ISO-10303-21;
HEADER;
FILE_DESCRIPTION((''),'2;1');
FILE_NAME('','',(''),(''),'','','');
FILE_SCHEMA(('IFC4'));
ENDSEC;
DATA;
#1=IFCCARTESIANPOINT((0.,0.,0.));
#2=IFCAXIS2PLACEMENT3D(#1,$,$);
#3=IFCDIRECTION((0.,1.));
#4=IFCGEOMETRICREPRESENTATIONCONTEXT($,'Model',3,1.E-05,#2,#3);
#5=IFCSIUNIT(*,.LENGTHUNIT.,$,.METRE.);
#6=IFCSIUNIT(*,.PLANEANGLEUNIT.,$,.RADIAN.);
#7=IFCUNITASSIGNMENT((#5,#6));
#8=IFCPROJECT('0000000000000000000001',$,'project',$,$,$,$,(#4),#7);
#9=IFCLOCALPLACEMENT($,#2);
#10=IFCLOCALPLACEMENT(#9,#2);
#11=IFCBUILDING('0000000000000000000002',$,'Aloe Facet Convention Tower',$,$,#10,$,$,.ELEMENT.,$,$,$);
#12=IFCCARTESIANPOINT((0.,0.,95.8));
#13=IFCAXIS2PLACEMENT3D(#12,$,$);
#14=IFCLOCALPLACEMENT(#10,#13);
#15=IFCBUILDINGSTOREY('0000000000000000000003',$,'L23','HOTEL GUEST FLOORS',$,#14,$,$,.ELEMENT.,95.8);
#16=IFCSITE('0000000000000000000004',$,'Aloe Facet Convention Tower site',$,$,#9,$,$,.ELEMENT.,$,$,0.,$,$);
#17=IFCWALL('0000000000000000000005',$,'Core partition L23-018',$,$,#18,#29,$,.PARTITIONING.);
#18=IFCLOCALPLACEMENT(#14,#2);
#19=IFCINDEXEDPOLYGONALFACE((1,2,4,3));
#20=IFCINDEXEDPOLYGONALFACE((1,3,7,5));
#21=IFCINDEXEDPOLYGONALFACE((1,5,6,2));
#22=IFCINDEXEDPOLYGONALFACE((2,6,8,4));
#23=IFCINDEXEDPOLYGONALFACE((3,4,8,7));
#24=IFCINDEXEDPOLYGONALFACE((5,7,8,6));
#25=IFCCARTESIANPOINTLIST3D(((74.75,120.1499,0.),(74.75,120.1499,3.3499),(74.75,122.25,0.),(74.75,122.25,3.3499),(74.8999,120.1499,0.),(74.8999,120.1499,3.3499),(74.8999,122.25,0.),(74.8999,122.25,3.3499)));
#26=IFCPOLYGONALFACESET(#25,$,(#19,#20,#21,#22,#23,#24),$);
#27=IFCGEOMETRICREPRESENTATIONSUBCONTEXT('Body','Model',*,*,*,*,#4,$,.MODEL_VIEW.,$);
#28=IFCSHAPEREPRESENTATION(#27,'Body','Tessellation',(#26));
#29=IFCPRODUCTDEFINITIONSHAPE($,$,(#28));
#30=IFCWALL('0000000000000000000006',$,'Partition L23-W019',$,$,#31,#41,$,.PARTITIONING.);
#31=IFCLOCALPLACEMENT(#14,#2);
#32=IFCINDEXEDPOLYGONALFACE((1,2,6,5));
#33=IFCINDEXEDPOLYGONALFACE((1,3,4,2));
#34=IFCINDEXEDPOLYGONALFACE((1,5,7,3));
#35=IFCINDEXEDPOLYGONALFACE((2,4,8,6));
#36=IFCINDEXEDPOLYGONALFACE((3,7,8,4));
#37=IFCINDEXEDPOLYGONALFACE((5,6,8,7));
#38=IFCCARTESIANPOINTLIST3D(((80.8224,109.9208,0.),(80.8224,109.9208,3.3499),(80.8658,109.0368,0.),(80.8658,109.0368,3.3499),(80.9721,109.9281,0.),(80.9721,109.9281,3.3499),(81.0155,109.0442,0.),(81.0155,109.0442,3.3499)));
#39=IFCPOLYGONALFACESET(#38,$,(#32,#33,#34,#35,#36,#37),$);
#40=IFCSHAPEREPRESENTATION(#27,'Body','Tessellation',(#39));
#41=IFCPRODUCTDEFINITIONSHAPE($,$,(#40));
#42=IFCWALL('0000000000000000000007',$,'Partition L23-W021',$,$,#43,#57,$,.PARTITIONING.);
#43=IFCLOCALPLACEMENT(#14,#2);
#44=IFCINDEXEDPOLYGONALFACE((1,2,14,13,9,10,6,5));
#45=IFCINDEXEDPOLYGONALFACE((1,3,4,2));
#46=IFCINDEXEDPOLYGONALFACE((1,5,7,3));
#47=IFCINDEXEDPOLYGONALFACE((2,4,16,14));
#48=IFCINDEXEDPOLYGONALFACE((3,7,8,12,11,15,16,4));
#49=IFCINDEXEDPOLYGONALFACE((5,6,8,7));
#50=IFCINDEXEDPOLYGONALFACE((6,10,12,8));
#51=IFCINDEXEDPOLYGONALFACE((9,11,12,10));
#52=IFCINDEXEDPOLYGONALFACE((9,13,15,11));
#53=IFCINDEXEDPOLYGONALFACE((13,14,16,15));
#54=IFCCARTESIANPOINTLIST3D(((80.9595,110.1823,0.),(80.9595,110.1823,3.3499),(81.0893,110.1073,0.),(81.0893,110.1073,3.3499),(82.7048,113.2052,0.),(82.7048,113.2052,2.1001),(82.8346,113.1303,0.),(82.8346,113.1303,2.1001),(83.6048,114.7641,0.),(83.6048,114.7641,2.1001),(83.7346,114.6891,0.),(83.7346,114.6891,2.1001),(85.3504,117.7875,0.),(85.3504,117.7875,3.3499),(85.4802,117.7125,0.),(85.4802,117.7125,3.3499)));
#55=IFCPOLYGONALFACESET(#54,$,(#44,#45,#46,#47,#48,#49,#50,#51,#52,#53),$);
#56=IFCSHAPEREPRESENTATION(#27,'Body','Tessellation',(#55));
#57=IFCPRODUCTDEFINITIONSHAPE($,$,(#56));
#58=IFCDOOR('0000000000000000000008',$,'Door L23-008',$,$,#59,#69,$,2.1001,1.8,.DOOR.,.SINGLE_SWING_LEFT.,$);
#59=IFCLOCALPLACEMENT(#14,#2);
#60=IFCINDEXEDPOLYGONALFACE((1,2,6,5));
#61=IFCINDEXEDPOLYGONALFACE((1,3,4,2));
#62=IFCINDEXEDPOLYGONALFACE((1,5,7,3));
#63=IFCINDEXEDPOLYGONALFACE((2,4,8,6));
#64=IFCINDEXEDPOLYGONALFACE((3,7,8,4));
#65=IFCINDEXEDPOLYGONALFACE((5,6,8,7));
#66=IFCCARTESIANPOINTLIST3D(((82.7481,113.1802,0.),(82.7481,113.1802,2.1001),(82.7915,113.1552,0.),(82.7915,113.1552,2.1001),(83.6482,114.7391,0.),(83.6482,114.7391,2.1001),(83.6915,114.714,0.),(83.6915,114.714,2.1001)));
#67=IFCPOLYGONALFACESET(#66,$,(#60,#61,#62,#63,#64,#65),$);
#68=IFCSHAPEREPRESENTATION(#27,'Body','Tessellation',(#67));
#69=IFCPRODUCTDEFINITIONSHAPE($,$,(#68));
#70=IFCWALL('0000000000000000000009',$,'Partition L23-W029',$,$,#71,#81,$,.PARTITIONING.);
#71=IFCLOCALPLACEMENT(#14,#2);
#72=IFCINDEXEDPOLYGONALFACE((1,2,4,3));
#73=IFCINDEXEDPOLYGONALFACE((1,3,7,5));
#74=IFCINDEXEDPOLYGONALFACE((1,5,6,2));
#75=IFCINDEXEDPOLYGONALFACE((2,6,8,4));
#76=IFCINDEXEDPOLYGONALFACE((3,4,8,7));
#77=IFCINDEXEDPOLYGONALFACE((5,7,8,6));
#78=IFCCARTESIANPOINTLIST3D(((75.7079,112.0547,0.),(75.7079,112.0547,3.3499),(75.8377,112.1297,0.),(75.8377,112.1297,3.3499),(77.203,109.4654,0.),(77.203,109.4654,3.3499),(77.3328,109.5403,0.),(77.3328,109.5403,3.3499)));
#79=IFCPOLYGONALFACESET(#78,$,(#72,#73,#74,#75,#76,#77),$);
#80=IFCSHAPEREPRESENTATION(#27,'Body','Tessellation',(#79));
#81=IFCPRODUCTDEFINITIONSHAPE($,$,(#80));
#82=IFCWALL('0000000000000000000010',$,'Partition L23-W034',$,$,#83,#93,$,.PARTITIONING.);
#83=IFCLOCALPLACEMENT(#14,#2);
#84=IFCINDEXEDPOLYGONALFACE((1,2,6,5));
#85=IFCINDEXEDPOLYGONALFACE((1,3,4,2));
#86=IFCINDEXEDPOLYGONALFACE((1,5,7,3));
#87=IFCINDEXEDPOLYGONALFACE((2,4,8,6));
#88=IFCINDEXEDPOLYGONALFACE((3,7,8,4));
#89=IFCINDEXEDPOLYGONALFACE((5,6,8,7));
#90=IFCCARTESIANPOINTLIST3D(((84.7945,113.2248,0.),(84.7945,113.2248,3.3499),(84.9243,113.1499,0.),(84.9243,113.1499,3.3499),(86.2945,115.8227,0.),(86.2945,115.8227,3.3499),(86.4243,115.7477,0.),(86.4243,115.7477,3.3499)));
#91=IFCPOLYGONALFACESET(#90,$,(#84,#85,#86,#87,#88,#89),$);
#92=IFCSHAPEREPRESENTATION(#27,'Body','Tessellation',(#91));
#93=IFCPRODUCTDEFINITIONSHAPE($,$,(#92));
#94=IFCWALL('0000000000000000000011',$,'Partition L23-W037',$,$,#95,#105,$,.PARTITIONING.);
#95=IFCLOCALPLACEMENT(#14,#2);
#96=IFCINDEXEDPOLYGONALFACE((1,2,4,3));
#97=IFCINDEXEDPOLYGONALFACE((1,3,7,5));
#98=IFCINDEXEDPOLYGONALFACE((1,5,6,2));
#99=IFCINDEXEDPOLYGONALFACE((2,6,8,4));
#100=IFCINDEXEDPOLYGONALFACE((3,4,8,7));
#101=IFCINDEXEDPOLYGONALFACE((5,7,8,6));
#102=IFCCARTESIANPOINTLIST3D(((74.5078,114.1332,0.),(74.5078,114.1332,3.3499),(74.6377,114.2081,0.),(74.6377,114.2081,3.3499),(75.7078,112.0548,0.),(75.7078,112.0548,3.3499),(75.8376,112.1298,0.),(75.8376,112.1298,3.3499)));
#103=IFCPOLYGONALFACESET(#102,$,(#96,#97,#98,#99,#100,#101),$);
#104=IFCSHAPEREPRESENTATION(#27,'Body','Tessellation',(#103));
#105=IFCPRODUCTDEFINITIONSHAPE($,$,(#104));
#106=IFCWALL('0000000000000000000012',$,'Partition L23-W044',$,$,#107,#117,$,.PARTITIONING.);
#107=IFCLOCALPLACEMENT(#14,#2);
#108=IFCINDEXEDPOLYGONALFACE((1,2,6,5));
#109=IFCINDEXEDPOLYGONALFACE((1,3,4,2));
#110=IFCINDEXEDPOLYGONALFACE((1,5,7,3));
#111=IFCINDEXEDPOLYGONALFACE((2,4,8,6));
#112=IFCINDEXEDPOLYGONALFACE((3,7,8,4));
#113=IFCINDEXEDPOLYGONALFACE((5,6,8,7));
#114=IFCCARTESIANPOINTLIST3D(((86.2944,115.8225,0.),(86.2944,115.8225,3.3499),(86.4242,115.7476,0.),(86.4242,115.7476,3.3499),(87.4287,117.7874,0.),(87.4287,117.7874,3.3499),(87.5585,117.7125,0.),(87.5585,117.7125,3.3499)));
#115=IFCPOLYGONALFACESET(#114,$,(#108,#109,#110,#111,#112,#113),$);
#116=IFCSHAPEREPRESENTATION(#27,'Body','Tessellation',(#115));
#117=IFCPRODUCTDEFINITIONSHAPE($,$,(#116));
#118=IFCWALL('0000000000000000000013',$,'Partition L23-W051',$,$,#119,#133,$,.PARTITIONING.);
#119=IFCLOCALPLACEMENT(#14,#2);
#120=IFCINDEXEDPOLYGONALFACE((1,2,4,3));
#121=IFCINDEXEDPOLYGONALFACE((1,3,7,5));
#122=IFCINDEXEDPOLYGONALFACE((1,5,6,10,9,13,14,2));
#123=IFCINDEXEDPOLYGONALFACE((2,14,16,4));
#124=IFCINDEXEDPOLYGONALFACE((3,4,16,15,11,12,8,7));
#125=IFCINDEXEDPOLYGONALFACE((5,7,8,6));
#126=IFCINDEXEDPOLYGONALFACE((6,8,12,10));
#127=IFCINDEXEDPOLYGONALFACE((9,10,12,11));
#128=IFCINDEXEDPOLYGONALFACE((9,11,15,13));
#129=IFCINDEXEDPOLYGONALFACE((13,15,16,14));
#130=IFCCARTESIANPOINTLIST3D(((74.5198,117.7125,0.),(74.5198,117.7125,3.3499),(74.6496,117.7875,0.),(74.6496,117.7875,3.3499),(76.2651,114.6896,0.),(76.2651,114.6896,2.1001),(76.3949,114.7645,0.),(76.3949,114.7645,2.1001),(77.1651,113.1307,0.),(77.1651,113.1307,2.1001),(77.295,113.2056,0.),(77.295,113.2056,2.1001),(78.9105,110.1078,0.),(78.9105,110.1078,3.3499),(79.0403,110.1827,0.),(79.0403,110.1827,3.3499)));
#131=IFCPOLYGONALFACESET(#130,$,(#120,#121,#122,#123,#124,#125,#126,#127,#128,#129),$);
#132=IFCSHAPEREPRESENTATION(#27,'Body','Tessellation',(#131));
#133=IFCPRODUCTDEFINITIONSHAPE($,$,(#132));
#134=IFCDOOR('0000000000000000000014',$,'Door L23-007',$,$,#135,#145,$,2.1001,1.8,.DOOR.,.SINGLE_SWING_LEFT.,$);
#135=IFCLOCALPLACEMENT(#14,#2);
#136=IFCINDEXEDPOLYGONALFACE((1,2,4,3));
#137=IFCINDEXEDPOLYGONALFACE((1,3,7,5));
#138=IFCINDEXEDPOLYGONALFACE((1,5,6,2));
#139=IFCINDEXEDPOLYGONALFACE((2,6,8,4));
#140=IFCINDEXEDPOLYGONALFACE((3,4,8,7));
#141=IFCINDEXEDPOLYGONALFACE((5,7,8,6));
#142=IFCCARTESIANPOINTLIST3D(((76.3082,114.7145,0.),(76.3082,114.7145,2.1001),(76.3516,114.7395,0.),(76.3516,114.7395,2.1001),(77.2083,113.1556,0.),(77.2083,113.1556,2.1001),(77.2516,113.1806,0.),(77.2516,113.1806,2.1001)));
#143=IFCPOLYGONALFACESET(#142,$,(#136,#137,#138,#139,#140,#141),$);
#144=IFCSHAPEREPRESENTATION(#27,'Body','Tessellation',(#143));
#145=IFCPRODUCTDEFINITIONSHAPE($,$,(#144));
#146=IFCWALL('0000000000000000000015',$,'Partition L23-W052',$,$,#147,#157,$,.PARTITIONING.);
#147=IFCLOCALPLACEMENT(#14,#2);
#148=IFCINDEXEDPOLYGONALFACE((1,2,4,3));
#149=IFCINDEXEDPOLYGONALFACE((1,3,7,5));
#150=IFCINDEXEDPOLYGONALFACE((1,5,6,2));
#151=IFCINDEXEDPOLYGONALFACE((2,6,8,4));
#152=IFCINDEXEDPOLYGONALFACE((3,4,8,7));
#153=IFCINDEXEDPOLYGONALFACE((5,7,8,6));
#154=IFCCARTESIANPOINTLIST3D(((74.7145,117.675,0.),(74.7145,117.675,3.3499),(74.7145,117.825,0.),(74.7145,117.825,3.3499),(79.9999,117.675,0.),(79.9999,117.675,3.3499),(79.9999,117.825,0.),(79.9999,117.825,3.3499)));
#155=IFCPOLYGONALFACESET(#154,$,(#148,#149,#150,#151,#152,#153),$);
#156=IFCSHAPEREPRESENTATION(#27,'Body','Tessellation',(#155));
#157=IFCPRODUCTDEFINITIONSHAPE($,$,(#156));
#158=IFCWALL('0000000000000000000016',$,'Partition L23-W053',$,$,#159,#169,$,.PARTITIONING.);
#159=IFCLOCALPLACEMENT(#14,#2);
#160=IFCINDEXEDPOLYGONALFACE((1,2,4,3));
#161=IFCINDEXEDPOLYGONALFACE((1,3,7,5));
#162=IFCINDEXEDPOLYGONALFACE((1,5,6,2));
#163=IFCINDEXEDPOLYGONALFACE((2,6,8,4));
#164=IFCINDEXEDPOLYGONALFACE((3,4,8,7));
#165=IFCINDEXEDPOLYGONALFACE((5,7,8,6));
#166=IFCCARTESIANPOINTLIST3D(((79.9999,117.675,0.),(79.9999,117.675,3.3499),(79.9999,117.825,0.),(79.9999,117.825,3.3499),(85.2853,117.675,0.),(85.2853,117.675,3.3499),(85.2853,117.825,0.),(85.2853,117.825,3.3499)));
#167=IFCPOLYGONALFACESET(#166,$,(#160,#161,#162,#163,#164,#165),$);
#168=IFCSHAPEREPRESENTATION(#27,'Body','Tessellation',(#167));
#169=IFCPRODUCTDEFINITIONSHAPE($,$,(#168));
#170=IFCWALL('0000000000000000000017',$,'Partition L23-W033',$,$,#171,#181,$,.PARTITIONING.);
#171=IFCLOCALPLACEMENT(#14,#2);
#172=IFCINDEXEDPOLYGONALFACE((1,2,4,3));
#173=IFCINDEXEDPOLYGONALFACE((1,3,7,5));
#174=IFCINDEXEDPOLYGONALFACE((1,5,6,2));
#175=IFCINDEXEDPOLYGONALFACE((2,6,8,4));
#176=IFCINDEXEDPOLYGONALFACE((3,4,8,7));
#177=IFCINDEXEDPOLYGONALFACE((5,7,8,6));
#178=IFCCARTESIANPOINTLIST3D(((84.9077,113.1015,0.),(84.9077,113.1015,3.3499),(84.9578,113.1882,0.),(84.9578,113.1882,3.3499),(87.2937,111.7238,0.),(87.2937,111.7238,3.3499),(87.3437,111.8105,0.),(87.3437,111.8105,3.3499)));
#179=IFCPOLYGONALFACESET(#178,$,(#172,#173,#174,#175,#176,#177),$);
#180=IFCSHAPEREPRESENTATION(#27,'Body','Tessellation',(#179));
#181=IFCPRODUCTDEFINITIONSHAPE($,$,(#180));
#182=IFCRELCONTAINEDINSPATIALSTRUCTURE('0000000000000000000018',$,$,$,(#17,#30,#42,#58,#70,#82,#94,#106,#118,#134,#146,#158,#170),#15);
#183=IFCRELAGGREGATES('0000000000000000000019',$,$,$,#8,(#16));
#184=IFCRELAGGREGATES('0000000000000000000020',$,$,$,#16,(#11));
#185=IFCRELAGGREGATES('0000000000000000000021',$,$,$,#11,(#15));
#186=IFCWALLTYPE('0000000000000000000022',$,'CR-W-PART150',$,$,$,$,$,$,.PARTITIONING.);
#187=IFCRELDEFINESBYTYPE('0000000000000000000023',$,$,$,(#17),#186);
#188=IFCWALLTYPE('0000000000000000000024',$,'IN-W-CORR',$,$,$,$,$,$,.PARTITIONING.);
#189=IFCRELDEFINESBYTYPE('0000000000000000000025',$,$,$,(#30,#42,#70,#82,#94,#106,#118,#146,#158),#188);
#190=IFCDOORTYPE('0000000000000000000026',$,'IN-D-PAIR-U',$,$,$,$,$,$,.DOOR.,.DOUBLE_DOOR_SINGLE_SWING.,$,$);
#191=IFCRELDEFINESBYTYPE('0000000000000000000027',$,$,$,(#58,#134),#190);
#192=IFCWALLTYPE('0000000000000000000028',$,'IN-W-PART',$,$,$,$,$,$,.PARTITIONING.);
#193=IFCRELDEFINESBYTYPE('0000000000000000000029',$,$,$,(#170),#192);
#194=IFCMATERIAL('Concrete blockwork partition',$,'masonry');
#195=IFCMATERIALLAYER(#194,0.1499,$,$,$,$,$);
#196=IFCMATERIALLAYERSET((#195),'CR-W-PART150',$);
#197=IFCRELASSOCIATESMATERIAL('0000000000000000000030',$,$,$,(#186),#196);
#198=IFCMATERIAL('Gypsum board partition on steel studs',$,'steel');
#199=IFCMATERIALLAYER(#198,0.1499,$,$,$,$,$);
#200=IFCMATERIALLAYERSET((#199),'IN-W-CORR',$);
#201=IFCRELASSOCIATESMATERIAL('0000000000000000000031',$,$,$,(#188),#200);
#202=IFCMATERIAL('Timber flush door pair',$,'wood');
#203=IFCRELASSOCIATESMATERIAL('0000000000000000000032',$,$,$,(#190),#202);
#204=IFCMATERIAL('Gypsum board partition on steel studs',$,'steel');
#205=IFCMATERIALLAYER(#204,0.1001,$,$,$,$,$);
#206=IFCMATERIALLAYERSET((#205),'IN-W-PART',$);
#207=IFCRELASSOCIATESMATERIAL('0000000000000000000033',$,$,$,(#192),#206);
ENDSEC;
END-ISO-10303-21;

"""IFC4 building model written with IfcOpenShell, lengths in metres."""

from ifc_helpers import new_model, si_unit, direction, frame, frame_2d, origin, place, context, subcontext, project, spatial, rectangle, extrude, material, layer, layer_set, type_object, element, fill, save


model = new_model("IFC4")

# Units and contexts
model_context = context("Model", 3, precision=1e-05, world=origin(), true_north=direction((0.0, 1.0)))
body_context = subcontext(model_context, "Body", "Model", "MODEL_VIEW")
ifc_project = project(units=[si_unit("LENGTHUNIT", "METRE"), si_unit("PLANEANGLEUNIT", "RADIAN")], contexts=[model_context])

# Site, building, storey
site_placement = place(None, origin())
site = spatial("IfcSite", under=ifc_project, at=site_placement, Name="Aloe Facet Convention Tower site", CompositionType="ELEMENT", RefElevation=0.0)
building_placement = place(site_placement, origin())
building = spatial("IfcBuilding", under=site, at=building_placement, Name="Aloe Facet Convention Tower", CompositionType="ELEMENT")
storey_placement = place(building_placement, frame((0.0, 0.0, 95.8)))
storey = spatial("IfcBuildingStorey", under=building, at=storey_placement, Name="L23", Description="HOTEL GUEST FLOORS", CompositionType="ELEMENT", Elevation=95.8)

# Walls
ifc_material_1 = material(Name="Concrete blockwork partition", Category="masonry")
ifc_layer_1 = layer(ifc_material_1, 0.1499)
ifc_layer_set_1 = layer_set([ifc_layer_1], Name="CR-W-PART150")
wall_type_1 = type_object("IfcWallType", Name="CR-W-PART150", PredefinedType="PARTITIONING", material=ifc_layer_set_1)
wall_1_placement = place(storey_placement, frame((74.825, 122.25, 0.0), z_axis=(0.0, 0.0, 1.0), x_axis=(0.0, -1.0, 0.0)))
element("IfcWall", 1, at=wall_1_placement, inside=storey, type_object=wall_type_1, Name="Core partition L23-018", PredefinedType="PARTITIONING", context=body_context, shape_type="SweptSolid", body=[
    extrude(rectangle(XDim=2.1001, YDim=0.1499, at=frame_2d((1.05, 0.0))), origin(), (0.0, 0.0, 1.0), 3.3499),
])
ifc_material_2 = material(Name="Gypsum board partition on steel studs", Category="steel")
ifc_layer_2 = layer(ifc_material_2, 0.1499)
ifc_layer_set_2 = layer_set([ifc_layer_2], Name="IN-W-CORR")
wall_type_2 = type_object("IfcWallType", Name="IN-W-CORR", PredefinedType="PARTITIONING", material=ifc_layer_set_2)
wall_2_placement = place(storey_placement, frame((80.8972, 109.9243, 0.0), z_axis=(0.0, 0.0, 1.0), x_axis=(0.049098, -0.998794, 0.0)))
element("IfcWall", 2, at=wall_2_placement, inside=storey, type_object=wall_type_2, Name="Partition L23-W019", PredefinedType="PARTITIONING", context=body_context, shape_type="SweptSolid", body=[
    extrude(rectangle(XDim=0.885, YDim=0.1499, at=frame_2d((0.4424, 0.0))), origin(), (0.0, 0.0, 1.0), 3.3499),
])

# Wall, opening, door
wall_3_placement = place(storey_placement, frame((81.0244, 110.1448, 0.0), z_axis=(0.0, 0.0, 1.0), x_axis=(0.499999, 0.866026, 0.0)))
wall_3 = element("IfcWall", 3, at=wall_3_placement, inside=storey, type_object=wall_type_2, Name="Partition L23-W021", PredefinedType="PARTITIONING", context=body_context, shape_type="SweptSolid", body=[
    extrude(rectangle(XDim=8.7817, YDim=0.1499, at=frame_2d((4.3909, 0.0))), origin(), (0.0, 0.0, 1.0), 3.3499),
])
opening_1_placement = place(wall_3_placement, frame((3.4907, 0.0, 0.0)))
opening_1 = element("IfcOpeningElement", 4, at=opening_1_placement, cuts=wall_3, PredefinedType="OPENING", context=body_context, shape_type="SweptSolid", body=[
    extrude(rectangle(XDim=1.8, YDim=2.1001, at=frame_2d((0.8999, 1.05))), frame((0.0, 0.085, 0.0), z_axis=(0.0, -1.0, 0.0), x_axis=(1.0, 0.0, 0.0)), (0.0, 0.0, 1.0), 0.1699),
])
ifc_material_3 = material(Name="Timber flush door pair", Category="wood")
door_type = type_object("IfcDoorType", Name="IN-D-PAIR-U", OperationType="DOUBLE_DOOR_SINGLE_SWING", PredefinedType="DOOR", material=ifc_material_3)
door_1_placement = place(opening_1_placement, origin())
door_1 = element("IfcDoor", 5, at=door_1_placement, inside=storey, type_object=door_type, Name="Door L23-008", OperationType="SINGLE_SWING_LEFT", OverallHeight=2.1001, OverallWidth=1.8, PredefinedType="DOOR", context=body_context, shape_type="SweptSolid", body=[
    extrude(rectangle(XDim=1.8, YDim=2.1001, at=frame_2d((0.8999, 1.05))), frame((0.0, 0.0249, 0.0), z_axis=(0.0, -1.0, 0.0), x_axis=(1.0, 0.0, 0.0)), (0.0, 0.0, 1.0), 0.05),
])
fill(opening_1, door_1)

# Walls
wall_4_placement = place(storey_placement, frame((75.7727, 112.0923, 0.0), z_axis=(0.0, 0.0, 1.0), x_axis=(0.500038, -0.866003, 0.0)))
element("IfcWall", 6, at=wall_4_placement, inside=storey, type_object=wall_type_2, Name="Partition L23-W029", PredefinedType="PARTITIONING", context=body_context, shape_type="SweptSolid", body=[
    extrude(rectangle(XDim=2.99, YDim=0.1499, at=frame_2d((1.4951, 0.0))), origin(), (0.0, 0.0, 1.0), 3.3499),
])
wall_5_placement = place(storey_placement, frame((84.8594, 113.1873, 0.0), z_axis=(0.0, 0.0, 1.0), x_axis=(0.500025, 0.866011, 0.0)))
element("IfcWall", 7, at=wall_5_placement, inside=storey, type_object=wall_type_2, Name="Partition L23-W034", PredefinedType="PARTITIONING", context=body_context, shape_type="SweptSolid", body=[
    extrude(rectangle(XDim=2.9998, YDim=0.1499, at=frame_2d((1.5, 0.0))), origin(), (0.0, 0.0, 1.0), 3.3499),
])
wall_6_placement = place(storey_placement, frame((74.5728, 114.1707, 0.0), z_axis=(0.0, 0.0, 1.0), x_axis=(0.500001, -0.866025, 0.0)))
element("IfcWall", 8, at=wall_6_placement, inside=storey, type_object=wall_type_2, Name="Partition L23-W037", PredefinedType="PARTITIONING", context=body_context, shape_type="SweptSolid", body=[
    extrude(rectangle(XDim=2.3999, YDim=0.1499, at=frame_2d((1.2, 0.0))), origin(), (0.0, 0.0, 1.0), 3.3499),
])
wall_7_placement = place(storey_placement, frame((86.3594, 115.7852, 0.0), z_axis=(0.0, 0.0, 1.0), x_axis=(0.499958, 0.866049, 0.0)))
element("IfcWall", 9, at=wall_7_placement, inside=storey, type_object=wall_type_2, Name="Partition L23-W044", PredefinedType="PARTITIONING", context=body_context, shape_type="SweptSolid", body=[
    extrude(rectangle(XDim=2.2688, YDim=0.1499, at=frame_2d((1.1343, 0.0))), origin(), (0.0, 0.0, 1.0), 3.3499),
])

# Wall, opening, door
wall_8_placement = place(storey_placement, frame((74.5847, 117.75, 0.0), z_axis=(0.0, 0.0, 1.0), x_axis=(0.500002, -0.866024, 0.0)))
wall_8 = element("IfcWall", 10, at=wall_8_placement, inside=storey, type_object=wall_type_2, Name="Partition L23-W051", PredefinedType="PARTITIONING", context=body_context, shape_type="SweptSolid", body=[
    extrude(rectangle(XDim=8.7812, YDim=0.1499, at=frame_2d((4.3906, 0.0))), origin(), (0.0, 0.0, 1.0), 3.3499),
])
opening_2_placement = place(wall_8_placement, frame((3.4907, 0.0, 0.0)))
opening_2 = element("IfcOpeningElement", 11, at=opening_2_placement, cuts=wall_8, PredefinedType="OPENING", context=body_context, shape_type="SweptSolid", body=[
    extrude(rectangle(XDim=1.8, YDim=2.1001, at=frame_2d((0.8999, 1.05))), frame((0.0, 0.085, 0.0), z_axis=(0.0, -1.0, 0.0), x_axis=(1.0, 0.0, 0.0)), (0.0, 0.0, 1.0), 0.1699),
])
door_2_placement = place(opening_2_placement, origin())
door_2 = element("IfcDoor", 12, at=door_2_placement, inside=storey, type_object=door_type, Name="Door L23-007", OperationType="SINGLE_SWING_LEFT", OverallHeight=2.1001, OverallWidth=1.8, PredefinedType="DOOR", context=body_context, shape_type="SweptSolid", body=[
    extrude(rectangle(XDim=1.8, YDim=2.1001, at=frame_2d((0.8999, 1.05))), frame((0.0, 0.0249, 0.0), z_axis=(0.0, -1.0, 0.0), x_axis=(1.0, 0.0, 0.0)), (0.0, 0.0, 1.0), 0.05),
])
fill(opening_2, door_2)

# Walls
for number, where, z_axis, x_axis, name in (
    (13, (74.7146, 117.75, 0.0), (0.0, 0.0, 1.0), (1.0, 0.0, 0.0), "Partition L23-W052"),
    (14, (80.0, 117.75, 0.0), (0.0, 0.0, 1.0), (1.0, 0.0, 0.0), "Partition L23-W053"),
):
    element("IfcWall", number, at=place(storey_placement, frame(where, z_axis=z_axis, x_axis=x_axis)), inside=storey, type_object=wall_type_2, Name=name, PredefinedType="PARTITIONING", context=body_context, shape_type="SweptSolid", body=[
        extrude(rectangle(XDim=5.2854, YDim=0.1499, at=frame_2d((2.6426, 0.0))), origin(), (0.0, 0.0, 1.0), 3.3499),
    ])
ifc_material_4 = material(Name="Gypsum board partition on steel studs", Category="steel")
ifc_layer_3 = layer(ifc_material_4, 0.1001)
ifc_layer_set_3 = layer_set([ifc_layer_3], Name="IN-W-PART")
wall_type_3 = type_object("IfcWallType", Name="IN-W-PART", PredefinedType="PARTITIONING", material=ifc_layer_set_3)
wall_9_placement = place(storey_placement, frame((84.9329, 113.1448, 0.0), z_axis=(0.0, 0.0, 1.0), x_axis=(0.866004, -0.500037, 0.0)))
element("IfcWall", 15, at=wall_9_placement, inside=storey, type_object=wall_type_3, Name="Partition L23-W033", PredefinedType="PARTITIONING", context=body_context, shape_type="SweptSolid", body=[
    extrude(rectangle(XDim=2.7551, YDim=0.1001, at=frame_2d((1.3774, 0.0))), origin(), (0.0, 0.0, 1.0), 3.3499),
])

save(model, "model.ifc")
